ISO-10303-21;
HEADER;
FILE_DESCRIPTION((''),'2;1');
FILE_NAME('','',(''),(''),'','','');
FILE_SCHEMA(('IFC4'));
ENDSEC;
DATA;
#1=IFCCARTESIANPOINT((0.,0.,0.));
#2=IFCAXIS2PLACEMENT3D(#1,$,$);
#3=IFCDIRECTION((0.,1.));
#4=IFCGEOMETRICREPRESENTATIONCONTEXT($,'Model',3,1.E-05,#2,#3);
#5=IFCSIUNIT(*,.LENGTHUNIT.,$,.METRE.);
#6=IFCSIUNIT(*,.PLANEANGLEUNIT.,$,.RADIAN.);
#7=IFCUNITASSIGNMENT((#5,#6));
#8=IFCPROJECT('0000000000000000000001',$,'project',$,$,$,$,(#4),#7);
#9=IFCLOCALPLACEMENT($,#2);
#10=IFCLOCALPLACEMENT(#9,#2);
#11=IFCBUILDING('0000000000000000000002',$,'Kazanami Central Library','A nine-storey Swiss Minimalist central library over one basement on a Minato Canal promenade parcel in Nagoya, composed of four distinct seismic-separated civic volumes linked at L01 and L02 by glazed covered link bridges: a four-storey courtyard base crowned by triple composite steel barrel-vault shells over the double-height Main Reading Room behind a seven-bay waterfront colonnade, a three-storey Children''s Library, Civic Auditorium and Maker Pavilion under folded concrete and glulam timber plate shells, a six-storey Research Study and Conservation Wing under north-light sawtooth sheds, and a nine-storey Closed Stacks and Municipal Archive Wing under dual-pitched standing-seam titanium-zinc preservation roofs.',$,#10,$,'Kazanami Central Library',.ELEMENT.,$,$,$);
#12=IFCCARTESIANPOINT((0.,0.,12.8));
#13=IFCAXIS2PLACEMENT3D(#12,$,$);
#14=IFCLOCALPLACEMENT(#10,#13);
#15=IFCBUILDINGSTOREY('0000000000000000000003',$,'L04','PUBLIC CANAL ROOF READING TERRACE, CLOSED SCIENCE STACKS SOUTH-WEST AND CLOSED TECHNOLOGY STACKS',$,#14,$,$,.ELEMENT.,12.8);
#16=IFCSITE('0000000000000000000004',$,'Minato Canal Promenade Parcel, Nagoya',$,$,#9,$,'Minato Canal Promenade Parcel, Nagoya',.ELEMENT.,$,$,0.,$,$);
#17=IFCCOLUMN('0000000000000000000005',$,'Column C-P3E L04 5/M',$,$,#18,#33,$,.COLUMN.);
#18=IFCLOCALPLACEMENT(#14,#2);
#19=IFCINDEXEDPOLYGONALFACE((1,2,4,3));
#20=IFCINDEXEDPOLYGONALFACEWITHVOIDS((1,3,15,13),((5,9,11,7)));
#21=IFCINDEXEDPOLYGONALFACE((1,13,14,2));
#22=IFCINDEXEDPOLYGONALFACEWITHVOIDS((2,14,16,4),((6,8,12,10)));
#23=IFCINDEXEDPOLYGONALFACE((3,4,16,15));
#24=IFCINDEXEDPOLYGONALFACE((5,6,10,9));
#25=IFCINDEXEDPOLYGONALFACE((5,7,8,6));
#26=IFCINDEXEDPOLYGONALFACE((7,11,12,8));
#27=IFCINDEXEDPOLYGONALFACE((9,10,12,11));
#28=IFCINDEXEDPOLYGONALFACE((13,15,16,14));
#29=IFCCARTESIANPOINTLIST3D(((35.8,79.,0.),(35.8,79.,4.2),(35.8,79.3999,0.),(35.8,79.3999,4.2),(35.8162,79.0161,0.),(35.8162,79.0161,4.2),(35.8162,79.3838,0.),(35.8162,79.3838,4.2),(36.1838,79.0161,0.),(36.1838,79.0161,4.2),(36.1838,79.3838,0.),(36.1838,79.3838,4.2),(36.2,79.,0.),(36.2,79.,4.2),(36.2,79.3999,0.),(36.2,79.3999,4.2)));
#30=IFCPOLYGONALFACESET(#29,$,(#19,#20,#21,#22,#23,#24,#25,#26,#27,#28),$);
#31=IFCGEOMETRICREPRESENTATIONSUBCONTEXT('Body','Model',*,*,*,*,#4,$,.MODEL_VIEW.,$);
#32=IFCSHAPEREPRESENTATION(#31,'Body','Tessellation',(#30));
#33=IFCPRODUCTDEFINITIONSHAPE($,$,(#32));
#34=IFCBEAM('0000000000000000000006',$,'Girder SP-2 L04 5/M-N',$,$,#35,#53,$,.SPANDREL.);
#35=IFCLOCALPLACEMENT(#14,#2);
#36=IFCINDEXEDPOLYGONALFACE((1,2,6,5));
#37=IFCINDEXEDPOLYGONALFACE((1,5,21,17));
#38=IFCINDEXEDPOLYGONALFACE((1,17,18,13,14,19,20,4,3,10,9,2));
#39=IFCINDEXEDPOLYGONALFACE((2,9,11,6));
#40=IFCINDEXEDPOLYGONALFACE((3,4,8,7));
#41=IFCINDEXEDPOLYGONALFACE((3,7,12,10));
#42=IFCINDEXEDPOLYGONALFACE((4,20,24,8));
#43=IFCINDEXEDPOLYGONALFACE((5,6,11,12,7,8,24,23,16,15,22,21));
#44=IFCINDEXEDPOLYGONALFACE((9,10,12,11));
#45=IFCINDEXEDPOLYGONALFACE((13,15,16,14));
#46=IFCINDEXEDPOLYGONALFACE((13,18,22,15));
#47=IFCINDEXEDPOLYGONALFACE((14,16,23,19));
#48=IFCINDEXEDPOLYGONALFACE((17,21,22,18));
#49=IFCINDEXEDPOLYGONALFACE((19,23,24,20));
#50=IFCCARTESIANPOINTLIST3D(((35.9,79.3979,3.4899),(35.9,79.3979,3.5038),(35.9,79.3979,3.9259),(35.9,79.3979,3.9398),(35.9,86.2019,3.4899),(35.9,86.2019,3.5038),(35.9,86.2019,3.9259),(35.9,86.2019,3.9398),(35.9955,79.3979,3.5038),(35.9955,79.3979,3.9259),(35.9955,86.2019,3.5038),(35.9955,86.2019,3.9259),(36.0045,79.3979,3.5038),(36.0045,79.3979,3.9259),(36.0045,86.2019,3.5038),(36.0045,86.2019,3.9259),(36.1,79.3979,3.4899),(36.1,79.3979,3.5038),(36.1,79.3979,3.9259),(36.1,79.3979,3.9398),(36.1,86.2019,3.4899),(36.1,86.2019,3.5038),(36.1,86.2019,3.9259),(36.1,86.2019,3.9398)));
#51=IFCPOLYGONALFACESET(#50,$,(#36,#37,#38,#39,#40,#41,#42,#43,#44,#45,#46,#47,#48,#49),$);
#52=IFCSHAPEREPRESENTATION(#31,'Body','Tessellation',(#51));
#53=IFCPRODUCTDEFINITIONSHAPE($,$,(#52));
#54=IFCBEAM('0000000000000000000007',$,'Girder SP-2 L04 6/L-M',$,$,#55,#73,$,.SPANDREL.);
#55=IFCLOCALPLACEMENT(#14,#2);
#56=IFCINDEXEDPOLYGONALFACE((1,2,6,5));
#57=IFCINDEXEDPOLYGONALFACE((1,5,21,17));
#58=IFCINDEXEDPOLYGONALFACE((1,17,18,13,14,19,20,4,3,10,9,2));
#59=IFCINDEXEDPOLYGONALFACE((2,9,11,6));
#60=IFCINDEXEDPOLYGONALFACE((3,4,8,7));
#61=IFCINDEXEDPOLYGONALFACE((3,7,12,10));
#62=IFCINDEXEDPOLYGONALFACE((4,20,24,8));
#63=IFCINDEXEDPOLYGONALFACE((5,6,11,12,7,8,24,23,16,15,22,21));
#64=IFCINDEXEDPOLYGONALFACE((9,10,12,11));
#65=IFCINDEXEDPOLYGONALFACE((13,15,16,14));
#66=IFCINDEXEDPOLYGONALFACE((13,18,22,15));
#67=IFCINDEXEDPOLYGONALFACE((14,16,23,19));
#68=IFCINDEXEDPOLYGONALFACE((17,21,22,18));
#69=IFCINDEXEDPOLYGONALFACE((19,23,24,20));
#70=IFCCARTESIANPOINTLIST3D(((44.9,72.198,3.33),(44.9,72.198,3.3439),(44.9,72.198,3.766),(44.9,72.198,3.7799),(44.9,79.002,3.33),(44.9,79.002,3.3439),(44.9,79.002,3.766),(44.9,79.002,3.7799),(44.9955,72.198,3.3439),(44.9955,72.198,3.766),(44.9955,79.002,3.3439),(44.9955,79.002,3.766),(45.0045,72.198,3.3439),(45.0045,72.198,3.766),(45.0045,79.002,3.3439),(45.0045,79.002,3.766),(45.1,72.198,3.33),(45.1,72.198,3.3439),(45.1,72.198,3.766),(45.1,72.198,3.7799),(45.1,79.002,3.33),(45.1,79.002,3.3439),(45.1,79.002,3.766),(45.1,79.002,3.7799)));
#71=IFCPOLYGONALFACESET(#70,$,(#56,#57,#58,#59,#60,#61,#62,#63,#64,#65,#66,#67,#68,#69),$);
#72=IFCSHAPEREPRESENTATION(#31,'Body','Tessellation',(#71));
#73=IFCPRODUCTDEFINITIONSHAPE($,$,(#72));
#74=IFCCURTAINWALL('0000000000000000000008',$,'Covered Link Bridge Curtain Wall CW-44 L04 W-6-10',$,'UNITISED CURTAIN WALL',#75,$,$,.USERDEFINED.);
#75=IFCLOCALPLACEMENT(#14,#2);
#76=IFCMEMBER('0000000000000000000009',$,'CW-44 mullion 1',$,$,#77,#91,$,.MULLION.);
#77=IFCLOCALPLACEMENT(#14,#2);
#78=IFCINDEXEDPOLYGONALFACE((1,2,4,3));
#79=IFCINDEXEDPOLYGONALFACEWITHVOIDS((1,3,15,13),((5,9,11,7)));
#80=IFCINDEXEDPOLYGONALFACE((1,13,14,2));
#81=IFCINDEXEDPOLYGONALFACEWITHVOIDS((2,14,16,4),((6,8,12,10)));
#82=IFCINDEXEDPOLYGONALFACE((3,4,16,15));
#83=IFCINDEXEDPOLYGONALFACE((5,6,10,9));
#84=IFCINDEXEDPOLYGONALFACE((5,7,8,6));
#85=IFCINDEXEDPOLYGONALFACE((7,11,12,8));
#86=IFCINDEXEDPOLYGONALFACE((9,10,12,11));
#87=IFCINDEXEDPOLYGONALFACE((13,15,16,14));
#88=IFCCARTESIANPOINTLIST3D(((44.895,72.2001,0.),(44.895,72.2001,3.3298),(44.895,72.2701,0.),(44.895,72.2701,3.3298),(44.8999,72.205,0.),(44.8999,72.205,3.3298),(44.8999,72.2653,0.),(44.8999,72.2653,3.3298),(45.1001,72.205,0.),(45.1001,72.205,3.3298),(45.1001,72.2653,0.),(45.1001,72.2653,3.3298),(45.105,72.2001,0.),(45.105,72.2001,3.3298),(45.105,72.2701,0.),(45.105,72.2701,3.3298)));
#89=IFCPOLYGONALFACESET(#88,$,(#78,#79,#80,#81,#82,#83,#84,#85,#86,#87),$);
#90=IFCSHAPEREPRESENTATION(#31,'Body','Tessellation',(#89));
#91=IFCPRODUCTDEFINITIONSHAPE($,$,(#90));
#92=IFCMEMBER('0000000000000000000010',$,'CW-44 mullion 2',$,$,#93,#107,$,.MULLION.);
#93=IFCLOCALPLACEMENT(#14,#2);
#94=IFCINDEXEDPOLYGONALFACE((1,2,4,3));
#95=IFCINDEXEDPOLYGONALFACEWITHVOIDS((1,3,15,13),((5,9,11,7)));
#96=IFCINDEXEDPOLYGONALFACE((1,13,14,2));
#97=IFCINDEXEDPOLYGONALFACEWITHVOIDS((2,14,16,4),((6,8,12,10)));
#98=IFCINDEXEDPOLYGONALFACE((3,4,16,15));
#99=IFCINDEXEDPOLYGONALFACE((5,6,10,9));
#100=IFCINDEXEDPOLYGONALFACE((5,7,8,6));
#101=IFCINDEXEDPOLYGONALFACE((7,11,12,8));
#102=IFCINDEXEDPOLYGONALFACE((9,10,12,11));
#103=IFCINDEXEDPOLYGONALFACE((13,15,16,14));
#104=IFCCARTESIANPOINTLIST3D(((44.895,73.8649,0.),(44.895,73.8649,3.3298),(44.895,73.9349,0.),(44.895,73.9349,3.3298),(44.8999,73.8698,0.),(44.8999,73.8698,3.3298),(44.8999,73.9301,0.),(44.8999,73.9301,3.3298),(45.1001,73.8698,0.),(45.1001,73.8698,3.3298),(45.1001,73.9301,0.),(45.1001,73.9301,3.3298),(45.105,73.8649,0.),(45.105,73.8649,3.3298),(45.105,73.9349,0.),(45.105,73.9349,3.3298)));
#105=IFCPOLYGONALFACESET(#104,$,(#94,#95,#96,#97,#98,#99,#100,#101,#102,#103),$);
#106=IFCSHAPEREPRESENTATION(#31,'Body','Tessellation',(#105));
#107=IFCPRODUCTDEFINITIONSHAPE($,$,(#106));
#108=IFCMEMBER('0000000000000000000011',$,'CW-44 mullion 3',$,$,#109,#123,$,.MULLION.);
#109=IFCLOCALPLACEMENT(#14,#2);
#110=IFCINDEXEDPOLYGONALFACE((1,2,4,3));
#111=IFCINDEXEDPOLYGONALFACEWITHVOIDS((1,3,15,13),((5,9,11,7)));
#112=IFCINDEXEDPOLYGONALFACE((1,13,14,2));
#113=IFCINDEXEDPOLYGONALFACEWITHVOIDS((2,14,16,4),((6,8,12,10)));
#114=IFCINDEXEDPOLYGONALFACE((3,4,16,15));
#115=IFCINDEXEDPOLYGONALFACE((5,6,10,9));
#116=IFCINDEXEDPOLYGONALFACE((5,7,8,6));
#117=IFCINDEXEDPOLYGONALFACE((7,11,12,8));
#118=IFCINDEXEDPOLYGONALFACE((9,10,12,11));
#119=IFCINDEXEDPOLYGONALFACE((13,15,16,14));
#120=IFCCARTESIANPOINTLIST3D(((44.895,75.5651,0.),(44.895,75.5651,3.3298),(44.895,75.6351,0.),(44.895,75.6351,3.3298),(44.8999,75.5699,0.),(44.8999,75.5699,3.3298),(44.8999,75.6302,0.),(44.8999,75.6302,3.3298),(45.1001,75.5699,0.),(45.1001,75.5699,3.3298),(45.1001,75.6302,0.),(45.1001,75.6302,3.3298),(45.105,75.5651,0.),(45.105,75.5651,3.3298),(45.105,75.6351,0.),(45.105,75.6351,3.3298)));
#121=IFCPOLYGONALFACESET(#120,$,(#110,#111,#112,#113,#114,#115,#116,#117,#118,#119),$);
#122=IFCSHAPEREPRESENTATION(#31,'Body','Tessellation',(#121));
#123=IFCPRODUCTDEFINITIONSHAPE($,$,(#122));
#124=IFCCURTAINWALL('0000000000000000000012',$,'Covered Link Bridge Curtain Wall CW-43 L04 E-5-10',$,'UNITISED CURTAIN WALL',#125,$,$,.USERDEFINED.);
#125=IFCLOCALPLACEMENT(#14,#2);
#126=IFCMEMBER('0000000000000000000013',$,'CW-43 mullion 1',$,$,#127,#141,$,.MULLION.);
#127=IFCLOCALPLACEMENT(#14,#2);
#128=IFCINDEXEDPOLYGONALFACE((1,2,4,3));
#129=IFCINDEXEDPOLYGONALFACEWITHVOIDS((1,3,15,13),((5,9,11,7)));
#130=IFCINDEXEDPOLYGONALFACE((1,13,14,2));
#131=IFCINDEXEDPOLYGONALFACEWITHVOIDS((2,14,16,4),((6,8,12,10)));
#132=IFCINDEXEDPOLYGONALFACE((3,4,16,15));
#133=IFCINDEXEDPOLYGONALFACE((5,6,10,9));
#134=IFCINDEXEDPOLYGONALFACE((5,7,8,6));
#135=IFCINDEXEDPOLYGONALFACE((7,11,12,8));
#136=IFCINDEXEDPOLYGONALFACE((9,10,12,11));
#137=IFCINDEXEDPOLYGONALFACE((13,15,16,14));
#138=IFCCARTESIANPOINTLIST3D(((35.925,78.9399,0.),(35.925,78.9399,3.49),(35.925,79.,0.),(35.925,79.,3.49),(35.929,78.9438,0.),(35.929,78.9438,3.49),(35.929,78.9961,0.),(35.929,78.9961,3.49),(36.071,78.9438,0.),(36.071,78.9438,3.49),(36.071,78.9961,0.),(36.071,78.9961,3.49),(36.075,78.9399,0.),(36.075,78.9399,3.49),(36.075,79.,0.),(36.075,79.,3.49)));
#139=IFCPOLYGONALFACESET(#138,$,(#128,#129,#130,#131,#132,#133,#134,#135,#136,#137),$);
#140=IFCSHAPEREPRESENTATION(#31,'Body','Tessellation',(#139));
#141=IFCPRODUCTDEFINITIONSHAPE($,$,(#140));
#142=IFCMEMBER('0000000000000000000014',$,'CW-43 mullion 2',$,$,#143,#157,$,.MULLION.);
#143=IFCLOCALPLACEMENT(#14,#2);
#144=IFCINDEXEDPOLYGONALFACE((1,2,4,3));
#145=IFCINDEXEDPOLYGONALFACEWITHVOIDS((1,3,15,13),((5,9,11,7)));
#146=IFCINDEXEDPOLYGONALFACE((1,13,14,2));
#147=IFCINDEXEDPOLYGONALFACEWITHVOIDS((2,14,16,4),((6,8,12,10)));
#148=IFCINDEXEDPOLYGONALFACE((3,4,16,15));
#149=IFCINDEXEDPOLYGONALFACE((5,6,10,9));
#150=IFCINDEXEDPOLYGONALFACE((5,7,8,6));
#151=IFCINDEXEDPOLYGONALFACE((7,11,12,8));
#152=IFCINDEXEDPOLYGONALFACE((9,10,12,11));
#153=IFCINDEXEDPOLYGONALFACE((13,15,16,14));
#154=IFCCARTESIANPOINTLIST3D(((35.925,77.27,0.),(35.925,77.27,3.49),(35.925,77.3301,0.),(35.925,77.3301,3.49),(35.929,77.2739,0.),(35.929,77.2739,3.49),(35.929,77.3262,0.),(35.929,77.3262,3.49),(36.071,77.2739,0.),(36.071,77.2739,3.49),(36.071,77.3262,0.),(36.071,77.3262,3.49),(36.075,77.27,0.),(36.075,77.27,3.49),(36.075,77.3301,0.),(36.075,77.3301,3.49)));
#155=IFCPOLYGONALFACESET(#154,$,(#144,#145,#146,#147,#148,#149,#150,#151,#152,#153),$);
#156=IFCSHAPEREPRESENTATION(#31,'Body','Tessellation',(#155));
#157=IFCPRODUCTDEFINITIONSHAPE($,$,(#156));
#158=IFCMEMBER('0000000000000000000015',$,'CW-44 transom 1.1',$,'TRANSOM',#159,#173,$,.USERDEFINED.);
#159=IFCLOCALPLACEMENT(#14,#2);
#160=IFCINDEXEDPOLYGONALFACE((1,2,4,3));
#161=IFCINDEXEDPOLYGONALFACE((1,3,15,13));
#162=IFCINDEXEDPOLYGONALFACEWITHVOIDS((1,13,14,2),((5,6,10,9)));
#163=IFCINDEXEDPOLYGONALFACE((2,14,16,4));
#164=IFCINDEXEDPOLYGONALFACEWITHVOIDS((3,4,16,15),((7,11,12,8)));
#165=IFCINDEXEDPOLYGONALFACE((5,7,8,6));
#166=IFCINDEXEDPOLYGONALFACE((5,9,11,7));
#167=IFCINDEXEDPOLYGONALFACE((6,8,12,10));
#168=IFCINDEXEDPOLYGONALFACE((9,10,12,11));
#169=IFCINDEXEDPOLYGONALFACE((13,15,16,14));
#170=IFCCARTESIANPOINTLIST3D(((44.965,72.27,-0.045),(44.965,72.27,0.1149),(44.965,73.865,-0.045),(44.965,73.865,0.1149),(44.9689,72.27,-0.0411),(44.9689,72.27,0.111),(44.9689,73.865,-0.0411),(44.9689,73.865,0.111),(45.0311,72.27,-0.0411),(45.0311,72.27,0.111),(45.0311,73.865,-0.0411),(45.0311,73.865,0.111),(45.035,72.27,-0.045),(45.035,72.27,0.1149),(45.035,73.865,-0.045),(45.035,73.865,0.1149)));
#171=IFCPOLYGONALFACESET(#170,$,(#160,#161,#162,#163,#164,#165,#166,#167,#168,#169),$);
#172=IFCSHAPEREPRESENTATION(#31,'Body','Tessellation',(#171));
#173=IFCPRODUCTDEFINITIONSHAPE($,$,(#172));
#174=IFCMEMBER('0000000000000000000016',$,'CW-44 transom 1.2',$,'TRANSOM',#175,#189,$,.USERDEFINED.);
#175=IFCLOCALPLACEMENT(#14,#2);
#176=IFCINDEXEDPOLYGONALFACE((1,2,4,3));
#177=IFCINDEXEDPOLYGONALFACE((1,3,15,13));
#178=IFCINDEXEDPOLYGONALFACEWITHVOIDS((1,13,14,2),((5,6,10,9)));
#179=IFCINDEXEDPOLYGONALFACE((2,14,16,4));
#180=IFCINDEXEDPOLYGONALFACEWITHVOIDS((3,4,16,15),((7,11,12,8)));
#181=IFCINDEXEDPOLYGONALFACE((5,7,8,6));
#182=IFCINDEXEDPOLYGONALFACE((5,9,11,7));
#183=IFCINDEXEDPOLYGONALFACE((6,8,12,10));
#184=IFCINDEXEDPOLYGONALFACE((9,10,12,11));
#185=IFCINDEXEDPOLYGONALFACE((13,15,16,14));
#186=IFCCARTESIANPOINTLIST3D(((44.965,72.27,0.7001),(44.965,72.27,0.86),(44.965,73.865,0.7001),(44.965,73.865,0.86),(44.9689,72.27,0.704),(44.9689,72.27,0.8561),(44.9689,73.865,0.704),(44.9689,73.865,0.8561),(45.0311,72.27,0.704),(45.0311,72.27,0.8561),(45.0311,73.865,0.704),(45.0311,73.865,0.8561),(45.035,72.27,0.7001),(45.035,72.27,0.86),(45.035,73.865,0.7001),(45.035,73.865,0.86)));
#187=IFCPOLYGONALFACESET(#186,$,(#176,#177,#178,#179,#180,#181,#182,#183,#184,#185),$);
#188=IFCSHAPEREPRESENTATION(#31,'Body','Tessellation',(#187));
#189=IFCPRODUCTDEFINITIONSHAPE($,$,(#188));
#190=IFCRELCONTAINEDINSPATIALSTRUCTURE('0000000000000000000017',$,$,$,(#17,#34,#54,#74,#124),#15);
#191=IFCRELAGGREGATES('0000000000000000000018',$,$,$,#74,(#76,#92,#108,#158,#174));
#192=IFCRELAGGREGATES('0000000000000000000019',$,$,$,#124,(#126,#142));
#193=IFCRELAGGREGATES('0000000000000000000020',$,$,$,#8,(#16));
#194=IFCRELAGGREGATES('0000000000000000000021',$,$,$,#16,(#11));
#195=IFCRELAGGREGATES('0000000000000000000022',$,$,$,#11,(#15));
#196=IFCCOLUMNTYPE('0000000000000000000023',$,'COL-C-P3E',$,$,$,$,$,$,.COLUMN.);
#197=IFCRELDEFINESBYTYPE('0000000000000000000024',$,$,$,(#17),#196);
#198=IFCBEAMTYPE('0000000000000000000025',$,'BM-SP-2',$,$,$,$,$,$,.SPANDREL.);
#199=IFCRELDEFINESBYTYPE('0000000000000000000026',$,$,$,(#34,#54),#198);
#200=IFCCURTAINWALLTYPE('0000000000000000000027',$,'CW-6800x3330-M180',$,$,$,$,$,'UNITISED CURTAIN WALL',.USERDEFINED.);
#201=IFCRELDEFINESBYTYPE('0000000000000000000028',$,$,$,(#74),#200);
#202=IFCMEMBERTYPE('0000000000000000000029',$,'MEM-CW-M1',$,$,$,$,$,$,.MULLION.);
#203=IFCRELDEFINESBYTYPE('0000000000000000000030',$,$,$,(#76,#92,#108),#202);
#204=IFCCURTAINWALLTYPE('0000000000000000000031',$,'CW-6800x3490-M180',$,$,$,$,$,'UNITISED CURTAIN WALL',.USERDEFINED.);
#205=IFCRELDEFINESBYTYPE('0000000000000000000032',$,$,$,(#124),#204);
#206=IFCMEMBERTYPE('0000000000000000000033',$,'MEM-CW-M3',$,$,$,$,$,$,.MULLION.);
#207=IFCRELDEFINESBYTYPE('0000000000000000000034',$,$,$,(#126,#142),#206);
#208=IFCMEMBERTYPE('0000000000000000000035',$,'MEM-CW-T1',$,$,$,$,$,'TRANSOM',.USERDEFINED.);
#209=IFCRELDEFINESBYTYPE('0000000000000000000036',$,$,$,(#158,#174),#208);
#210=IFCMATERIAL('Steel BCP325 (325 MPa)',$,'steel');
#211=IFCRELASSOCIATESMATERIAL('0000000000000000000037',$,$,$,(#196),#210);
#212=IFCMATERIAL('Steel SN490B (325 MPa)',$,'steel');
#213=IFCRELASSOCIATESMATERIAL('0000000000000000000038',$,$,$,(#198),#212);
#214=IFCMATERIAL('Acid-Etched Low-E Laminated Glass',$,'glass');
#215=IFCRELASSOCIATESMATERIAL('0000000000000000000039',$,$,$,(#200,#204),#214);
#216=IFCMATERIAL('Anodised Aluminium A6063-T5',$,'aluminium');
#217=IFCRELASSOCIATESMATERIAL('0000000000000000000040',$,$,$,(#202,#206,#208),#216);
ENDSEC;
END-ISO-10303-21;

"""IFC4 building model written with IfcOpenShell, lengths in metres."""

from ifc_helpers import new_model, si_unit, direction, frame, origin, origin_2d, place, context, subcontext, project, spatial, hollow_rectangle, i_section, extrude, material, material_profile, profile_set, type_object, element, aggregate, save


model = new_model("IFC4")

# Units and contexts
model_context = context("Model", 3, precision=1e-05, world=origin(), true_north=direction((0.0, 1.0)))
body_context = subcontext(model_context, "Body", "Model", "MODEL_VIEW")
ifc_project = project(units=[si_unit("LENGTHUNIT", "METRE"), si_unit("PLANEANGLEUNIT", "RADIAN")], contexts=[model_context])

# Site, building, storey
site_placement = place(None, origin())
site = spatial("IfcSite", under=ifc_project, at=site_placement, Name="Minato Canal Promenade Parcel, Nagoya", LongName="Minato Canal Promenade Parcel, Nagoya", CompositionType="ELEMENT", RefElevation=0.0)
building_placement = place(site_placement, origin())
building = spatial("IfcBuilding", under=site, at=building_placement, Name="Kazanami Central Library", Description="A nine-storey Swiss Minimalist central library over one basement on a Minato Canal promenade parcel in Nagoya, composed of four distinct seismic-separated civic volumes linked at L01 and L02 by glazed covered link bridges: a four-storey courtyard base crowned by triple composite steel barrel-vault shells over the double-height Main Reading Room behind a seven-bay waterfront colonnade, a three-storey Children's Library, Civic Auditorium and Maker Pavilion under folded concrete and glulam timber plate shells, a six-storey Research Study and Conservation Wing under north-light sawtooth sheds, and a nine-storey Closed Stacks and Municipal Archive Wing under dual-pitched standing-seam titanium-zinc preservation roofs.", LongName="Kazanami Central Library", CompositionType="ELEMENT")
storey_placement = place(building_placement, frame((0.0, 0.0, 12.8)))
storey = spatial("IfcBuildingStorey", under=building, at=storey_placement, Name="L04", Description="PUBLIC CANAL ROOF READING TERRACE, CLOSED SCIENCE STACKS SOUTH-WEST AND CLOSED TECHNOLOGY STACKS", CompositionType="ELEMENT", Elevation=12.8)

# Column
ifc_material_1 = material(Name="Steel BCP325 (325 MPa)", Category="steel")
ifc_material_profile_1 = material_profile(ifc_material_1, hollow_rectangle(XDim=0.3999, YDim=0.3999, WallThickness=0.0161, at=origin_2d()), Name="BCP-400x400x16")
ifc_profile_set_1 = profile_set([ifc_material_profile_1], Name="Steel BCP325 (325 MPa)")
column_type = type_object("IfcColumnType", Name="COL-C-P3E", PredefinedType="COLUMN", material=ifc_profile_set_1)
column_placement = place(storey_placement, frame((36.0, 79.2, 0.0), z_axis=(0.0, 0.0, 1.0), x_axis=(1.0, 0.0, 0.0)))
element("IfcColumn", 1, at=column_placement, inside=storey, type_object=column_type, Name="Column C-P3E L04 5/M", PredefinedType="COLUMN", context=body_context, shape_type="SweptSolid", body=[
    extrude(hollow_rectangle(XDim=0.3999, YDim=0.3999, WallThickness=0.0161, at=origin_2d()), origin(), (0.0, 0.0, 1.0), 4.2),
])

# Beams
ifc_material_2 = material(Name="Steel SN490B (325 MPa)", Category="steel")
ifc_material_profile_2 = material_profile(ifc_material_2, i_section(OverallWidth=0.2, OverallDepth=0.45, WebThickness=0.009, FlangeThickness=0.0139, at=origin_2d()), Name="H-450x200x9x14")
ifc_profile_set_2 = profile_set([ifc_material_profile_2], Name="Steel SN490B (325 MPa)")
beam_type = type_object("IfcBeamType", Name="BM-SP-2", PredefinedType="SPANDREL", material=ifc_profile_set_2)
for number, where, z_axis, x_axis, name in (
    (2, (36.0, 79.3979, 3.7148), (0.0, 1.0, 0.0), (-1.0, 0.0, 0.0), "Girder SP-2 L04 5/M-N"),
    (3, (45.0, 72.198, 3.5549), (0.0, 1.0, 0.0), (-1.0, 0.0, 0.0), "Girder SP-2 L04 6/L-M"),
):
    element("IfcBeam", number, at=place(storey_placement, frame(where, z_axis=z_axis, x_axis=x_axis)), inside=storey, type_object=beam_type, Name=name, PredefinedType="SPANDREL", context=body_context, shape_type="SweptSolid", body=[
        extrude(i_section(OverallWidth=0.2, OverallDepth=0.45, WebThickness=0.009, FlangeThickness=0.0139, at=origin_2d()), origin(), (0.0, 0.0, 1.0), 6.804),
    ])

# Curtain walls, members
ifc_material_3 = material(Name="Acid-Etched Low-E Laminated Glass", Category="glass")
curtain_wall_type_1 = type_object("IfcCurtainWallType", Name="CW-6800x3330-M180", ElementType="UNITISED CURTAIN WALL", PredefinedType="USERDEFINED", material=ifc_material_3)
curtain_wall_1_placement = place(storey_placement, origin())
curtain_wall_1 = element("IfcCurtainWall", 4, at=curtain_wall_1_placement, inside=storey, type_object=curtain_wall_type_1, Name="Covered Link Bridge Curtain Wall CW-44 L04 W-6-10", ObjectType="UNITISED CURTAIN WALL", PredefinedType="USERDEFINED")
ifc_material_4 = material(Name="Anodised Aluminium A6063-T5", Category="aluminium")
ifc_material_profile_3 = material_profile(ifc_material_4, hollow_rectangle(XDim=0.0701, YDim=0.21, WallThickness=0.0049, at=origin_2d()), Name="ALU-MULL-70x210x5")
ifc_profile_set_3 = profile_set([ifc_material_profile_3], Name="Anodised Aluminium A6063-T5")
member_type_1 = type_object("IfcMemberType", Name="MEM-CW-M1", PredefinedType="MULLION", material=ifc_profile_set_3)
member_1_placement = place(storey_placement, frame((45.0, 72.2351, 0.0), z_axis=(0.0, 0.0, 1.0), x_axis=(0.0, 1.0, 0.0)))
member_1 = element("IfcMember", 5, at=member_1_placement, type_object=member_type_1, Name="CW-44 mullion 1", PredefinedType="MULLION", context=body_context, shape_type="SweptSolid", body=[
    extrude(hollow_rectangle(XDim=0.0701, YDim=0.21, WallThickness=0.0049, at=origin_2d()), origin(), (0.0, 0.0, 1.0), 3.3298),
])
member_2_placement = place(storey_placement, frame((45.0, 73.8999, 0.0), z_axis=(0.0, 0.0, 1.0), x_axis=(0.0, 1.0, 0.0)))
member_2 = element("IfcMember", 6, at=member_2_placement, type_object=member_type_1, Name="CW-44 mullion 2", PredefinedType="MULLION", context=body_context, shape_type="SweptSolid", body=[
    extrude(hollow_rectangle(XDim=0.0701, YDim=0.21, WallThickness=0.0049, at=origin_2d()), origin(), (0.0, 0.0, 1.0), 3.3298),
])
member_3_placement = place(storey_placement, frame((45.0, 75.6001, 0.0), z_axis=(0.0, 0.0, 1.0), x_axis=(0.0, 1.0, 0.0)))
member_3 = element("IfcMember", 7, at=member_3_placement, type_object=member_type_1, Name="CW-44 mullion 3", PredefinedType="MULLION", context=body_context, shape_type="SweptSolid", body=[
    extrude(hollow_rectangle(XDim=0.0701, YDim=0.21, WallThickness=0.0049, at=origin_2d()), origin(), (0.0, 0.0, 1.0), 3.3298),
])
curtain_wall_type_2 = type_object("IfcCurtainWallType", Name="CW-6800x3490-M180", ElementType="UNITISED CURTAIN WALL", PredefinedType="USERDEFINED", material=ifc_material_3)
curtain_wall_2_placement = place(storey_placement, origin())
curtain_wall_2 = element("IfcCurtainWall", 8, at=curtain_wall_2_placement, inside=storey, type_object=curtain_wall_type_2, Name="Covered Link Bridge Curtain Wall CW-43 L04 E-5-10", ObjectType="UNITISED CURTAIN WALL", PredefinedType="USERDEFINED")
ifc_material_profile_4 = material_profile(ifc_material_4, hollow_rectangle(XDim=0.0601, YDim=0.1499, WallThickness=0.0039, at=origin_2d()), Name="ALU-MULL-60x150x4")
ifc_profile_set_4 = profile_set([ifc_material_profile_4], Name="Anodised Aluminium A6063-T5")
member_type_2 = type_object("IfcMemberType", Name="MEM-CW-M3", PredefinedType="MULLION", material=ifc_profile_set_4)
member_4_placement = place(storey_placement, frame((36.0, 78.97, 0.0), z_axis=(0.0, 0.0, 1.0), x_axis=(0.0, -1.0, 0.0)))
member_4 = element("IfcMember", 9, at=member_4_placement, type_object=member_type_2, Name="CW-43 mullion 1", PredefinedType="MULLION", context=body_context, shape_type="SweptSolid", body=[
    extrude(hollow_rectangle(XDim=0.0601, YDim=0.1499, WallThickness=0.0039, at=origin_2d()), origin(), (0.0, 0.0, 1.0), 3.49),
])
member_5_placement = place(storey_placement, frame((36.0, 77.3, 0.0), z_axis=(0.0, 0.0, 1.0), x_axis=(0.0, -1.0, 0.0)))
member_5 = element("IfcMember", 10, at=member_5_placement, type_object=member_type_2, Name="CW-43 mullion 2", PredefinedType="MULLION", context=body_context, shape_type="SweptSolid", body=[
    extrude(hollow_rectangle(XDim=0.0601, YDim=0.1499, WallThickness=0.0039, at=origin_2d()), origin(), (0.0, 0.0, 1.0), 3.49),
])

# Members
ifc_material_profile_5 = material_profile(ifc_material_4, hollow_rectangle(XDim=0.0701, YDim=0.1599, WallThickness=0.0039, at=origin_2d()), Name="ALU-TRAN-70x160x4")
ifc_profile_set_5 = profile_set([ifc_material_profile_5], Name="Anodised Aluminium A6063-T5")
member_type_3 = type_object("IfcMemberType", Name="MEM-CW-T1", ElementType="TRANSOM", PredefinedType="USERDEFINED", material=ifc_profile_set_5)
member_6_placement = place(storey_placement, frame((45.0, 72.27, 0.0349), z_axis=(0.0, 1.0, 0.0), x_axis=(-1.0, 0.0, 0.0)))
member_6 = element("IfcMember", 11, at=member_6_placement, type_object=member_type_3, Name="CW-44 transom 1.1", ObjectType="TRANSOM", PredefinedType="USERDEFINED", context=body_context, shape_type="SweptSolid", body=[
    extrude(hollow_rectangle(XDim=0.0701, YDim=0.1599, WallThickness=0.0039, at=origin_2d()), origin(), (0.0, 0.0, 1.0), 1.595),
])
member_7_placement = place(storey_placement, frame((45.0, 72.27, 0.78), z_axis=(0.0, 1.0, 0.0), x_axis=(-1.0, 0.0, 0.0)))
member_7 = element("IfcMember", 12, at=member_7_placement, type_object=member_type_3, Name="CW-44 transom 1.2", ObjectType="TRANSOM", PredefinedType="USERDEFINED", context=body_context, shape_type="SweptSolid", body=[
    extrude(hollow_rectangle(XDim=0.0701, YDim=0.1599, WallThickness=0.0039, at=origin_2d()), origin(), (0.0, 0.0, 1.0), 1.595),
])

aggregate(curtain_wall_1, [member_1, member_2, member_3, member_6, member_7])
aggregate(curtain_wall_2, [member_4, member_5])

save(model, "model.ifc")
